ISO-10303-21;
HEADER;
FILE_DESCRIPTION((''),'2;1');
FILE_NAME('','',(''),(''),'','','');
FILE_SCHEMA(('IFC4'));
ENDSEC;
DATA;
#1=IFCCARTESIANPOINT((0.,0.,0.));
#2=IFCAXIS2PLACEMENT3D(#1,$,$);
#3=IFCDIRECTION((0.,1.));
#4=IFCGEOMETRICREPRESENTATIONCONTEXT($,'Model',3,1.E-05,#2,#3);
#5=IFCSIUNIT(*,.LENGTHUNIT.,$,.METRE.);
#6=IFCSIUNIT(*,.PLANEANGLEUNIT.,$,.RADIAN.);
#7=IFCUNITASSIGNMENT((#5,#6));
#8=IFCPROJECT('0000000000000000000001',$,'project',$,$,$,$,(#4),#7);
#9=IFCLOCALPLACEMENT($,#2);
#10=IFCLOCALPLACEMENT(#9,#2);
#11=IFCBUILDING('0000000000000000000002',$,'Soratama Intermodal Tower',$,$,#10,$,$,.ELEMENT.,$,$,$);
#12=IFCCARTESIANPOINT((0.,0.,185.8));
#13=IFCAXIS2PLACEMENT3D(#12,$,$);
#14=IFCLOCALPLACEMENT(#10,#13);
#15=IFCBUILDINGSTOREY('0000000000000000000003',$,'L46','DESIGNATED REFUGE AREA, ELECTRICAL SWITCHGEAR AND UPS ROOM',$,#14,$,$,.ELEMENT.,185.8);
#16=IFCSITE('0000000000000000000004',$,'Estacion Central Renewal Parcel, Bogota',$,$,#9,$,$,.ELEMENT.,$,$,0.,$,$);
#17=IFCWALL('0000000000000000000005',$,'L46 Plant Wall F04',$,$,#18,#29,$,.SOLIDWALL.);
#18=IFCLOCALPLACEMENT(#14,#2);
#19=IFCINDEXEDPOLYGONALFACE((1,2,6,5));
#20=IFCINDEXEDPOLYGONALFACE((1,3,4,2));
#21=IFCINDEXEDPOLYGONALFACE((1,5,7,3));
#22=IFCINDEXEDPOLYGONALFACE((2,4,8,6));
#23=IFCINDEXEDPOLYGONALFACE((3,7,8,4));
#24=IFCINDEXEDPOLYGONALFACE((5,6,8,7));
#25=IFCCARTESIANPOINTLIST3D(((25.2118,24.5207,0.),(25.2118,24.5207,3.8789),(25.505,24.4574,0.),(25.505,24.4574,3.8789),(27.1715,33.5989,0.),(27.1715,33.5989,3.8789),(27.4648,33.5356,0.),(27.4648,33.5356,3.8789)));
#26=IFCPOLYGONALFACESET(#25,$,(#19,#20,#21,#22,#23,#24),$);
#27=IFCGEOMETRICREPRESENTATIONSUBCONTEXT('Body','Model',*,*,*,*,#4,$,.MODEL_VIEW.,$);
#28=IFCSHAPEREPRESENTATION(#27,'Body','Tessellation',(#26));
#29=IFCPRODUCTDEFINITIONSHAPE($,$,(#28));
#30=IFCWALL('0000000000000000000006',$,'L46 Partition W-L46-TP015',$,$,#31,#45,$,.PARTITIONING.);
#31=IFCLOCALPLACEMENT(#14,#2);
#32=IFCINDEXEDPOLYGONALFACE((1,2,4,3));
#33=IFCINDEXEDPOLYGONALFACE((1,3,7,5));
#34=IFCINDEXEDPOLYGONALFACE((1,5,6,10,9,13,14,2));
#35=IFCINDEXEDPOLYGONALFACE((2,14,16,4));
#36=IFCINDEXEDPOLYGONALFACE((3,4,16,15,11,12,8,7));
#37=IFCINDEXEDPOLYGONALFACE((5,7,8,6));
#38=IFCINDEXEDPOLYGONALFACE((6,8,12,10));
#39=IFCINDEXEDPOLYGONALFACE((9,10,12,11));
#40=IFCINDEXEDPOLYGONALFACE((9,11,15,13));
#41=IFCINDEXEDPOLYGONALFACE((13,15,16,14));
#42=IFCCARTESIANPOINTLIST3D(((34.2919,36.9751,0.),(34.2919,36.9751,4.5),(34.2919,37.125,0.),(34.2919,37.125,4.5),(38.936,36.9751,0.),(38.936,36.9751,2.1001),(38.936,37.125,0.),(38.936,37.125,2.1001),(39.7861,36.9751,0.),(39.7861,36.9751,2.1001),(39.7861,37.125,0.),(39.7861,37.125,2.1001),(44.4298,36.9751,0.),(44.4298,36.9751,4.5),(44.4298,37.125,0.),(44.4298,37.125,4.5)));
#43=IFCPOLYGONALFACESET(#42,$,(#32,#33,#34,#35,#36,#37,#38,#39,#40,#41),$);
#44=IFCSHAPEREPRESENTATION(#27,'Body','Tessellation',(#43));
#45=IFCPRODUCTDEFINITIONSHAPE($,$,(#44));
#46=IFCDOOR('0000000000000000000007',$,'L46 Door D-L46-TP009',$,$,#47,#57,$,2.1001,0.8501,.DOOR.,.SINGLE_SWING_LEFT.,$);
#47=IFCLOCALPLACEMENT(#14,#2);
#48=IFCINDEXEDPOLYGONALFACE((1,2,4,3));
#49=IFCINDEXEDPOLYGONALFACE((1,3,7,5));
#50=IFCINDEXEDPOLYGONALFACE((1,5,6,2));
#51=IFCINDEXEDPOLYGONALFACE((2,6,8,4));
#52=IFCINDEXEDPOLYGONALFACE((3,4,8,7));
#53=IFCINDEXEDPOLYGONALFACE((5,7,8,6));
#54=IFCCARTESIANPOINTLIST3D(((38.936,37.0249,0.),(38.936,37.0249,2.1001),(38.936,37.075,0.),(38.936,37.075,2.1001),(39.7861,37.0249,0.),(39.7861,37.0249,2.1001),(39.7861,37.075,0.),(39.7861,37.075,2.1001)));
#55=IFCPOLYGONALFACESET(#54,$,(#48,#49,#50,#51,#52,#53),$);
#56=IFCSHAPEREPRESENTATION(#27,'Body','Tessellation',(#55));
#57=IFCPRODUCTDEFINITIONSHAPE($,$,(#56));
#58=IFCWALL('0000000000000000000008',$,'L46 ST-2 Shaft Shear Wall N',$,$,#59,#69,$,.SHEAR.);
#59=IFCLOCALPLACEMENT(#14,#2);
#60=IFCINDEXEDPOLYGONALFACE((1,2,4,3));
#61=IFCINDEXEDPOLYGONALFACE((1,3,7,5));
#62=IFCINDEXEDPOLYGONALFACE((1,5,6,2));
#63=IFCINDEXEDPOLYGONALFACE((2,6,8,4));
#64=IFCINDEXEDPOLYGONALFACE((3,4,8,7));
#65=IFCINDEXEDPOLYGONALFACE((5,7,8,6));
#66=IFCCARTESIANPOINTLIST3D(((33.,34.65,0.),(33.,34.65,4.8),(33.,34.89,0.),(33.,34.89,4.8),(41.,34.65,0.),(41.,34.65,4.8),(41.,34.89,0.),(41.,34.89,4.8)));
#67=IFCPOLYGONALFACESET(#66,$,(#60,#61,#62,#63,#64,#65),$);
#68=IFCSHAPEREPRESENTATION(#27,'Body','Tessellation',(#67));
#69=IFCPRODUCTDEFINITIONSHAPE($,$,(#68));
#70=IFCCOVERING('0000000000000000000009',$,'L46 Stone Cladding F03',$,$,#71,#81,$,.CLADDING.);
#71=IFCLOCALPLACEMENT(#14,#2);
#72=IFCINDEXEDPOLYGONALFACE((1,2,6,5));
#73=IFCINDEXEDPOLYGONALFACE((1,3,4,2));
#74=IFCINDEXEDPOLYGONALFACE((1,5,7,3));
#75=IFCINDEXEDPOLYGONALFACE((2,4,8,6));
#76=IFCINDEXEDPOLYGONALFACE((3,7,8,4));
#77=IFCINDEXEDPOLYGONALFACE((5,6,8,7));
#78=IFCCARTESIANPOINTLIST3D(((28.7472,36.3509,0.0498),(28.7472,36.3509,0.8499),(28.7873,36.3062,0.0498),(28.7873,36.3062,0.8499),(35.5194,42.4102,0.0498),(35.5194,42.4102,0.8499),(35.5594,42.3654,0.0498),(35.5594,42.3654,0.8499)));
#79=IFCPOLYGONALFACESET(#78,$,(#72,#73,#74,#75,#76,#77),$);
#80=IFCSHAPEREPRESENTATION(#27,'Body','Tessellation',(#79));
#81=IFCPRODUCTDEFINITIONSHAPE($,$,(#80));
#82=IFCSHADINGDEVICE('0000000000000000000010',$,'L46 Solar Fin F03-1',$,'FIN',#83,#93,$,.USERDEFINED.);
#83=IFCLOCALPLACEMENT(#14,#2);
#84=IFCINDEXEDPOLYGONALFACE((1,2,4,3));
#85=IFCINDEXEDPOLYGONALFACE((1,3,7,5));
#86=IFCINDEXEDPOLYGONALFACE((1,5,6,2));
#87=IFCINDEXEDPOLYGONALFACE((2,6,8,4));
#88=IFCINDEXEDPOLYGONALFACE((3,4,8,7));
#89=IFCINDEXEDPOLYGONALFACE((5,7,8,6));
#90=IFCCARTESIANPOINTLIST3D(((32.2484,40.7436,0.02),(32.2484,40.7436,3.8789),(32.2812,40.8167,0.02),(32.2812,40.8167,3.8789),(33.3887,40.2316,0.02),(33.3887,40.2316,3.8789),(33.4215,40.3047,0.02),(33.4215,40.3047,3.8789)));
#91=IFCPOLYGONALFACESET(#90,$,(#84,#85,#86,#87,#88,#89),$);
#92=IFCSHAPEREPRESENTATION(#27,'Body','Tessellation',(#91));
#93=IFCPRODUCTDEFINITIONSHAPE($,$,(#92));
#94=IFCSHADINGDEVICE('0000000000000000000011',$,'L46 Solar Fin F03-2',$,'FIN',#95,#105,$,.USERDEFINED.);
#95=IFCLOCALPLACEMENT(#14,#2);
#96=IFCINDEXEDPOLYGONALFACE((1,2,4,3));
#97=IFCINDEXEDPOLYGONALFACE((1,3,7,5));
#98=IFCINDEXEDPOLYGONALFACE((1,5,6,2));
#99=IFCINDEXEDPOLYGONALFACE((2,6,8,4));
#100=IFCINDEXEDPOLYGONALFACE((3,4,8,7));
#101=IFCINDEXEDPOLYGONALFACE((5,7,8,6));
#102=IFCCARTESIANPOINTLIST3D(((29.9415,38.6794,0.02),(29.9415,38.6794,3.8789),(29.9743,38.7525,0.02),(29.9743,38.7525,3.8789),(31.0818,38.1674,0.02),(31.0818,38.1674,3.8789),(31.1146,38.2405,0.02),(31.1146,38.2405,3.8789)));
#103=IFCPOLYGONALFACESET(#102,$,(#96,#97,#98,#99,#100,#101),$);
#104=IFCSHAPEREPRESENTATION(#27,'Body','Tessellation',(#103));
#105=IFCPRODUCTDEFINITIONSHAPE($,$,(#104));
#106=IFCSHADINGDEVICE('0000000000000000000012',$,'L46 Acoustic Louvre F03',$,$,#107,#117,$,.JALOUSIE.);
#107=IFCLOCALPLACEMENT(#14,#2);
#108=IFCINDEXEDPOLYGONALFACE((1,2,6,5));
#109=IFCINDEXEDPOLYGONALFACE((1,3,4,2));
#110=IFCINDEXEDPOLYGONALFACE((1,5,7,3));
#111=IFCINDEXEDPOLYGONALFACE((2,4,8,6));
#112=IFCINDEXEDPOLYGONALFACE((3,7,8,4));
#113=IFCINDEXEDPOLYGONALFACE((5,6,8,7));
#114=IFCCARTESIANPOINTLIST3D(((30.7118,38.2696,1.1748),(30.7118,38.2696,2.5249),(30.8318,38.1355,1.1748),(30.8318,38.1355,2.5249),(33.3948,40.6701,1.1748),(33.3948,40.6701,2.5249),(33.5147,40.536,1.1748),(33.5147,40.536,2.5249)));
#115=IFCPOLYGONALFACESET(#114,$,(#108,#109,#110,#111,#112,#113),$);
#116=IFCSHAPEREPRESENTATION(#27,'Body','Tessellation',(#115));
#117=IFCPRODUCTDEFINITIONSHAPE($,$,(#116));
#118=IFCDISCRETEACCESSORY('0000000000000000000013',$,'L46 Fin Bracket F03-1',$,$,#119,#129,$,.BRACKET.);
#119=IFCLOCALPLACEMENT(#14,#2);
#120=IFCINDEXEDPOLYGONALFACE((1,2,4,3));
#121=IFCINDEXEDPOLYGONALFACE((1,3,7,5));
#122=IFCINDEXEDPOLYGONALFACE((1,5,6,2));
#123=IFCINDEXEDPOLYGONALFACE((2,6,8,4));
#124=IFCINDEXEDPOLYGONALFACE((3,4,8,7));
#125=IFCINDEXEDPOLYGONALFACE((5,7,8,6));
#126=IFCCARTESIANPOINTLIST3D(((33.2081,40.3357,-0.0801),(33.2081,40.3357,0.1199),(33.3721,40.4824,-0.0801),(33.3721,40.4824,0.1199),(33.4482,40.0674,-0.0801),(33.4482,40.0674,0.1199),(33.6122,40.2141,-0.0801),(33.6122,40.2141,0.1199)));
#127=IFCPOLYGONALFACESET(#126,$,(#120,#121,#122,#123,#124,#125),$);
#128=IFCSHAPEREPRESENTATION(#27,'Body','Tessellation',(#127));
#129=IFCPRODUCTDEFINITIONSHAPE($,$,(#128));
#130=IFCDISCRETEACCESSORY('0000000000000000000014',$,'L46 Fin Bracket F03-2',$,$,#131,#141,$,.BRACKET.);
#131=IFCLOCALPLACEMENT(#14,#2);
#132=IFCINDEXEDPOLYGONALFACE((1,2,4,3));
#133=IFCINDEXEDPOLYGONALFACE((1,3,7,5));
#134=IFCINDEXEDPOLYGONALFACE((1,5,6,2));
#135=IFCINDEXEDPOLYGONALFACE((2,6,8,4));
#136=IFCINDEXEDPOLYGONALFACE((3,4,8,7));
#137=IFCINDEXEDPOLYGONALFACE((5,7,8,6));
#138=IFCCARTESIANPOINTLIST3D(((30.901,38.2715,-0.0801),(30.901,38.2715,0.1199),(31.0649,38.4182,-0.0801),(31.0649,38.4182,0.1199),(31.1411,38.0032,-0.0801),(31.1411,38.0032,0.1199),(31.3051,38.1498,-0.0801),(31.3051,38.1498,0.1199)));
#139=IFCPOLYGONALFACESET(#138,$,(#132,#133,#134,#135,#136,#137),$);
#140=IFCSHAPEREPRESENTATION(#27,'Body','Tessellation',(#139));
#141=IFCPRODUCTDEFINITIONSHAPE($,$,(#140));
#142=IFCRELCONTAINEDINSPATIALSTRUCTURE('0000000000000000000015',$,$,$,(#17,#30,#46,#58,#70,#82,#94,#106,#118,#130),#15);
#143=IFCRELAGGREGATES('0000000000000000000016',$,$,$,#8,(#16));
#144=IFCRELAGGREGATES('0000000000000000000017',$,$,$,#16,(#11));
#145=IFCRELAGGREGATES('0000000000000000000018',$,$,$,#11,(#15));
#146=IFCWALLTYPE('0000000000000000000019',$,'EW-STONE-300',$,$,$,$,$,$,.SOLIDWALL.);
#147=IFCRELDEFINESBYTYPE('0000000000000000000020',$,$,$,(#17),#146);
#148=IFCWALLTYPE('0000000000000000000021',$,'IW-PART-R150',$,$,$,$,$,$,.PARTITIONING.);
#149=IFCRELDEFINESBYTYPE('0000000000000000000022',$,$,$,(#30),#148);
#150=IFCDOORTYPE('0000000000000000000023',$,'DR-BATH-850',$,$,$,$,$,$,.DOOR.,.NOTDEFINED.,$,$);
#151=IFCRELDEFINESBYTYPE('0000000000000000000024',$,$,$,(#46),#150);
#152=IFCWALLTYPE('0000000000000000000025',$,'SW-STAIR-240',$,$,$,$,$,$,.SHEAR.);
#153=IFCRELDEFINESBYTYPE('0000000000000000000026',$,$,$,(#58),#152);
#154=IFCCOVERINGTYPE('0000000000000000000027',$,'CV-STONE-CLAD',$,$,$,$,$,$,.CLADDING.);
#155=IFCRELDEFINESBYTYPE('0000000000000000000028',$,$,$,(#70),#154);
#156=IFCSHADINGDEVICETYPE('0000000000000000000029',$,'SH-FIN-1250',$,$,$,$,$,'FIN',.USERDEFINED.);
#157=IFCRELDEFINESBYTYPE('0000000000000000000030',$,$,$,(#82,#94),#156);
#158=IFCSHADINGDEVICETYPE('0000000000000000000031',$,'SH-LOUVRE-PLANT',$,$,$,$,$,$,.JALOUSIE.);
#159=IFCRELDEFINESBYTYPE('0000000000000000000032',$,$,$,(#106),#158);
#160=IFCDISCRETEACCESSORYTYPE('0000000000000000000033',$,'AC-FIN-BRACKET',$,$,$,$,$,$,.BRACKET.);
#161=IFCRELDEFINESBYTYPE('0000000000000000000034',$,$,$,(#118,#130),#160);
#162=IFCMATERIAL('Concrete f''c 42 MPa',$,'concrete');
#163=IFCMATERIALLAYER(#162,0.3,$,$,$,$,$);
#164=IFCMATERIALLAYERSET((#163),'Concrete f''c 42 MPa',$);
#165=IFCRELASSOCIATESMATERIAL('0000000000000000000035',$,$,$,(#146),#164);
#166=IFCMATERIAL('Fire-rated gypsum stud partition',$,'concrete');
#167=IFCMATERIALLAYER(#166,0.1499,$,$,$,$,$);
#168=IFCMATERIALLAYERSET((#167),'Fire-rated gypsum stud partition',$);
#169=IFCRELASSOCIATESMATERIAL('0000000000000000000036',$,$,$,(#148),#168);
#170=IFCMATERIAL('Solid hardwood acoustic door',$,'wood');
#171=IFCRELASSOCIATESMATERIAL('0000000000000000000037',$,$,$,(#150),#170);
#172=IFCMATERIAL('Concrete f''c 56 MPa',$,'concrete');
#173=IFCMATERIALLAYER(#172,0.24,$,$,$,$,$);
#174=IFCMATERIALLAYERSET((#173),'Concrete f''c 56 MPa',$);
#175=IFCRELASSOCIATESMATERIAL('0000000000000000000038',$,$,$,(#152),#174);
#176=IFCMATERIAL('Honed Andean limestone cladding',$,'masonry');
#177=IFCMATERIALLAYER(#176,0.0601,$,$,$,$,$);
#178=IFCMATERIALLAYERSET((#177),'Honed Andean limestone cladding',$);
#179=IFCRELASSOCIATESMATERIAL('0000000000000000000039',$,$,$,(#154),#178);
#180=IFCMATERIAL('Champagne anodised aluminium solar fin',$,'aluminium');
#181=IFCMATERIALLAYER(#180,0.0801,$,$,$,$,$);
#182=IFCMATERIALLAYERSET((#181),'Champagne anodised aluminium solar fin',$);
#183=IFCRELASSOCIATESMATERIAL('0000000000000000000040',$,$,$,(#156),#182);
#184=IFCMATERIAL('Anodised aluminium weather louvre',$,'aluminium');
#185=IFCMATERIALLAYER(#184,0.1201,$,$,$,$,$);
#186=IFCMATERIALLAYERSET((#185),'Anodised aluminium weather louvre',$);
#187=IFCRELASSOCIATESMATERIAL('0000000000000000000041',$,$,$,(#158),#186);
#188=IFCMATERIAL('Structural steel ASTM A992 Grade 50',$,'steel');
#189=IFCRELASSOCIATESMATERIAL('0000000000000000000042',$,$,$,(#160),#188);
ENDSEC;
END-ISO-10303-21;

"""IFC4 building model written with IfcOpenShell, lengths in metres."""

from ifc_helpers import new_model, si_unit, direction, frame, frame_2d, origin, origin_2d, place, context, subcontext, project, spatial, rectangle, extrude, material, layer, layer_set, type_object, element, fill, save


model = new_model("IFC4")

# Units and contexts
model_context = context("Model", 3, precision=1e-05, world=origin(), true_north=direction((0.0, 1.0)))
body_context = subcontext(model_context, "Body", "Model", "MODEL_VIEW")
ifc_project = project(units=[si_unit("LENGTHUNIT", "METRE"), si_unit("PLANEANGLEUNIT", "RADIAN")], contexts=[model_context])

# Site, building, storey
site_placement = place(None, origin())
site = spatial("IfcSite", under=ifc_project, at=site_placement, Name="Estacion Central Renewal Parcel, Bogota", CompositionType="ELEMENT", RefElevation=0.0)
building_placement = place(site_placement, origin())
building = spatial("IfcBuilding", under=site, at=building_placement, Name="Soratama Intermodal Tower", CompositionType="ELEMENT")
storey_placement = place(building_placement, frame((0.0, 0.0, 185.8)))
storey = spatial("IfcBuildingStorey", under=building, at=storey_placement, Name="L46", Description="DESIGNATED REFUGE AREA, ELECTRICAL SWITCHGEAR AND UPS ROOM", CompositionType="ELEMENT", Elevation=185.8)

# Wall
ifc_material_1 = material(Name="Concrete f'c 42 MPa", Category="concrete")
ifc_layer_1 = layer(ifc_material_1, 0.3)
ifc_layer_set_1 = layer_set([ifc_layer_1], Name="Concrete f'c 42 MPa")
wall_type_1 = type_object("IfcWallType", Name="EW-STONE-300", PredefinedType="SOLIDWALL", material=ifc_layer_set_1)
wall_1_placement = place(storey_placement, frame((27.3181, 33.5671, 0.0), z_axis=(0.0, 0.0, 1.0), x_axis=(-0.211012, -0.977484, 0.0)))
element("IfcWall", 1, at=wall_1_placement, inside=storey, type_object=wall_type_1, Name="L46 Plant Wall F04", PredefinedType="SOLIDWALL", context=body_context, shape_type="SweptSolid", body=[
    extrude(rectangle(XDim=9.2874, YDim=0.3, at=frame_2d((4.6436, 0.0))), origin(), (0.0, 0.0, 1.0), 3.8789),
])

# Wall, opening, door
ifc_material_2 = material(Name="Fire-rated gypsum stud partition", Category="concrete")
ifc_layer_2 = layer(ifc_material_2, 0.1499)
ifc_layer_set_2 = layer_set([ifc_layer_2], Name="Fire-rated gypsum stud partition")
wall_type_2 = type_object("IfcWallType", Name="IW-PART-R150", PredefinedType="PARTITIONING", material=ifc_layer_set_2)
wall_2_placement = place(storey_placement, frame((34.292, 37.05, 0.0), z_axis=(0.0, 0.0, 1.0), x_axis=(1.0, 0.0, 0.0)))
wall_2 = element("IfcWall", 2, at=wall_2_placement, inside=storey, type_object=wall_type_2, Name="L46 Partition W-L46-TP015", PredefinedType="PARTITIONING", context=body_context, shape_type="SweptSolid", body=[
    extrude(rectangle(XDim=10.1379, YDim=0.1499, at=frame_2d((5.0688, 0.0))), origin(), (0.0, 0.0, 1.0), 4.5),
])
opening_placement = place(wall_2_placement, frame((4.644, 0.0, 0.0)))
opening = element("IfcOpeningElement", 3, at=opening_placement, cuts=wall_2, PredefinedType="OPENING", context=body_context, shape_type="SweptSolid", body=[
    extrude(rectangle(XDim=0.8501, YDim=2.1001, at=frame_2d((0.425, 1.05))), frame((0.0, 0.085, 0.0), z_axis=(0.0, -1.0, 0.0), x_axis=(1.0, 0.0, 0.0)), (0.0, 0.0, 1.0), 0.1699),
])
ifc_material_3 = material(Name="Solid hardwood acoustic door", Category="wood")
door_type = type_object("IfcDoorType", Name="DR-BATH-850", OperationType="NOTDEFINED", PredefinedType="DOOR", material=ifc_material_3)
door_placement = place(opening_placement, origin())
door = element("IfcDoor", 4, at=door_placement, inside=storey, type_object=door_type, Name="L46 Door D-L46-TP009", OperationType="SINGLE_SWING_LEFT", OverallHeight=2.1001, OverallWidth=0.8501, PredefinedType="DOOR", context=body_context, shape_type="SweptSolid", body=[
    extrude(rectangle(XDim=0.8501, YDim=2.1001, at=frame_2d((0.425, 1.05))), frame((0.0, 0.0249, 0.0), z_axis=(0.0, -1.0, 0.0), x_axis=(1.0, 0.0, 0.0)), (0.0, 0.0, 1.0), 0.05),
])
fill(opening, door)

# Wall
ifc_material_4 = material(Name="Concrete f'c 56 MPa", Category="concrete")
ifc_layer_3 = layer(ifc_material_4, 0.24)
ifc_layer_set_3 = layer_set([ifc_layer_3], Name="Concrete f'c 56 MPa")
wall_type_3 = type_object("IfcWallType", Name="SW-STAIR-240", PredefinedType="SHEAR", material=ifc_layer_set_3)
wall_3_placement = place(storey_placement, frame((33.0, 34.77, 0.0), z_axis=(0.0, 0.0, 1.0), x_axis=(1.0, 0.0, 0.0)))
element("IfcWall", 5, at=wall_3_placement, inside=storey, type_object=wall_type_3, Name="L46 ST-2 Shaft Shear Wall N", PredefinedType="SHEAR", context=body_context, shape_type="SweptSolid", body=[
    extrude(rectangle(XDim=8.0, YDim=0.24, at=frame_2d((4.0, 0.0))), origin(), (0.0, 0.0, 1.0), 4.8),
])

# Covering
ifc_material_5 = material(Name="Honed Andean limestone cladding", Category="masonry")
ifc_layer_4 = layer(ifc_material_5, 0.0601)
ifc_layer_set_4 = layer_set([ifc_layer_4], Name="Honed Andean limestone cladding")
covering_type = type_object("IfcCoveringType", Name="CV-STONE-CLAD", PredefinedType="CLADDING", material=ifc_layer_set_4)
covering_placement = place(storey_placement, frame((32.1533, 39.3582, 0.0498), z_axis=(0.0, 0.0, 1.0), x_axis=(-0.745243, -0.666793, 0.0)))
element("IfcCovering", 6, at=covering_placement, inside=storey, type_object=covering_type, Name="L46 Stone Cladding F03", PredefinedType="CLADDING", context=body_context, shape_type="SweptSolid", body=[
    extrude(rectangle(XDim=9.0872, YDim=0.0601, at=origin_2d()), origin(), (0.0, 0.0, 1.0), 0.8),
])

# Shading devices
ifc_material_6 = material(Name="Champagne anodised aluminium solar fin", Category="aluminium")
ifc_layer_5 = layer(ifc_material_6, 0.0801)
ifc_layer_set_5 = layer_set([ifc_layer_5], Name="Champagne anodised aluminium solar fin")
shading_device_type_1 = type_object("IfcShadingDeviceType", Name="SH-FIN-1250", ElementType="FIN", PredefinedType="USERDEFINED", material=ifc_layer_set_5)
for number, where, z_axis, x_axis, name in (
    (7, (32.835, 40.5242, 0.02), (0.0, 0.0, 1.0), (-0.912263, 0.409605, 0.0), "L46 Solar Fin F03-1"),
    (8, (30.5281, 38.46, 0.02), (0.0, 0.0, 1.0), (-0.912263, 0.409605, 0.0), "L46 Solar Fin F03-2"),
):
    element("IfcShadingDevice", number, at=place(storey_placement, frame(where, z_axis=z_axis, x_axis=x_axis)), inside=storey, type_object=shading_device_type_1, Name=name, ObjectType="FIN", PredefinedType="USERDEFINED", context=body_context, shape_type="SweptSolid", body=[
        extrude(rectangle(XDim=1.25, YDim=0.0801, at=origin_2d()), origin(), (0.0, 0.0, 1.0), 3.8589),
    ])
ifc_material_7 = material(Name="Anodised aluminium weather louvre", Category="aluminium")
ifc_layer_6 = layer(ifc_material_7, 0.1201)
ifc_layer_set_6 = layer_set([ifc_layer_6], Name="Anodised aluminium weather louvre")
shading_device_type_2 = type_object("IfcShadingDeviceType", Name="SH-LOUVRE-PLANT", PredefinedType="JALOUSIE", material=ifc_layer_set_6)
shading_device_placement = place(storey_placement, frame((32.1133, 39.4028, 1.1748), z_axis=(0.0, 0.0, 1.0), x_axis=(-0.745243, -0.666793, 0.0)))
element("IfcShadingDevice", 9, at=shading_device_placement, inside=storey, type_object=shading_device_type_2, Name="L46 Acoustic Louvre F03", PredefinedType="JALOUSIE", context=body_context, shape_type="SweptSolid", body=[
    extrude(rectangle(XDim=3.6001, YDim=0.1799, at=origin_2d()), origin(), (0.0, 0.0, 1.0), 1.3501),
])

# Discrete accessories
ifc_material_8 = material(Name="Structural steel ASTM A992 Grade 50", Category="steel")
discrete_accessory_type = type_object("IfcDiscreteAccessoryType", Name="AC-FIN-BRACKET", PredefinedType="BRACKET", material=ifc_material_8)
for number, where, z_axis, x_axis, name in (
    (10, (33.4102, 40.2749, -0.0801), (0.0, 0.0, 1.0), (-0.666793, 0.745243, 0.0), "L46 Fin Bracket F03-1"),
    (11, (31.103, 38.2107, -0.0801), (0.0, 0.0, 1.0), (-0.666793, 0.745243, 0.0), "L46 Fin Bracket F03-2"),
):
    element("IfcDiscreteAccessory", number, at=place(storey_placement, frame(where, z_axis=z_axis, x_axis=x_axis)), inside=storey, type_object=discrete_accessory_type, Name=name, PredefinedType="BRACKET", context=body_context, shape_type="SweptSolid", body=[
        extrude(rectangle(XDim=0.3601, YDim=0.22, at=origin_2d()), origin(), (0.0, 0.0, 1.0), 0.2),
    ])

save(model, "model.ifc")
